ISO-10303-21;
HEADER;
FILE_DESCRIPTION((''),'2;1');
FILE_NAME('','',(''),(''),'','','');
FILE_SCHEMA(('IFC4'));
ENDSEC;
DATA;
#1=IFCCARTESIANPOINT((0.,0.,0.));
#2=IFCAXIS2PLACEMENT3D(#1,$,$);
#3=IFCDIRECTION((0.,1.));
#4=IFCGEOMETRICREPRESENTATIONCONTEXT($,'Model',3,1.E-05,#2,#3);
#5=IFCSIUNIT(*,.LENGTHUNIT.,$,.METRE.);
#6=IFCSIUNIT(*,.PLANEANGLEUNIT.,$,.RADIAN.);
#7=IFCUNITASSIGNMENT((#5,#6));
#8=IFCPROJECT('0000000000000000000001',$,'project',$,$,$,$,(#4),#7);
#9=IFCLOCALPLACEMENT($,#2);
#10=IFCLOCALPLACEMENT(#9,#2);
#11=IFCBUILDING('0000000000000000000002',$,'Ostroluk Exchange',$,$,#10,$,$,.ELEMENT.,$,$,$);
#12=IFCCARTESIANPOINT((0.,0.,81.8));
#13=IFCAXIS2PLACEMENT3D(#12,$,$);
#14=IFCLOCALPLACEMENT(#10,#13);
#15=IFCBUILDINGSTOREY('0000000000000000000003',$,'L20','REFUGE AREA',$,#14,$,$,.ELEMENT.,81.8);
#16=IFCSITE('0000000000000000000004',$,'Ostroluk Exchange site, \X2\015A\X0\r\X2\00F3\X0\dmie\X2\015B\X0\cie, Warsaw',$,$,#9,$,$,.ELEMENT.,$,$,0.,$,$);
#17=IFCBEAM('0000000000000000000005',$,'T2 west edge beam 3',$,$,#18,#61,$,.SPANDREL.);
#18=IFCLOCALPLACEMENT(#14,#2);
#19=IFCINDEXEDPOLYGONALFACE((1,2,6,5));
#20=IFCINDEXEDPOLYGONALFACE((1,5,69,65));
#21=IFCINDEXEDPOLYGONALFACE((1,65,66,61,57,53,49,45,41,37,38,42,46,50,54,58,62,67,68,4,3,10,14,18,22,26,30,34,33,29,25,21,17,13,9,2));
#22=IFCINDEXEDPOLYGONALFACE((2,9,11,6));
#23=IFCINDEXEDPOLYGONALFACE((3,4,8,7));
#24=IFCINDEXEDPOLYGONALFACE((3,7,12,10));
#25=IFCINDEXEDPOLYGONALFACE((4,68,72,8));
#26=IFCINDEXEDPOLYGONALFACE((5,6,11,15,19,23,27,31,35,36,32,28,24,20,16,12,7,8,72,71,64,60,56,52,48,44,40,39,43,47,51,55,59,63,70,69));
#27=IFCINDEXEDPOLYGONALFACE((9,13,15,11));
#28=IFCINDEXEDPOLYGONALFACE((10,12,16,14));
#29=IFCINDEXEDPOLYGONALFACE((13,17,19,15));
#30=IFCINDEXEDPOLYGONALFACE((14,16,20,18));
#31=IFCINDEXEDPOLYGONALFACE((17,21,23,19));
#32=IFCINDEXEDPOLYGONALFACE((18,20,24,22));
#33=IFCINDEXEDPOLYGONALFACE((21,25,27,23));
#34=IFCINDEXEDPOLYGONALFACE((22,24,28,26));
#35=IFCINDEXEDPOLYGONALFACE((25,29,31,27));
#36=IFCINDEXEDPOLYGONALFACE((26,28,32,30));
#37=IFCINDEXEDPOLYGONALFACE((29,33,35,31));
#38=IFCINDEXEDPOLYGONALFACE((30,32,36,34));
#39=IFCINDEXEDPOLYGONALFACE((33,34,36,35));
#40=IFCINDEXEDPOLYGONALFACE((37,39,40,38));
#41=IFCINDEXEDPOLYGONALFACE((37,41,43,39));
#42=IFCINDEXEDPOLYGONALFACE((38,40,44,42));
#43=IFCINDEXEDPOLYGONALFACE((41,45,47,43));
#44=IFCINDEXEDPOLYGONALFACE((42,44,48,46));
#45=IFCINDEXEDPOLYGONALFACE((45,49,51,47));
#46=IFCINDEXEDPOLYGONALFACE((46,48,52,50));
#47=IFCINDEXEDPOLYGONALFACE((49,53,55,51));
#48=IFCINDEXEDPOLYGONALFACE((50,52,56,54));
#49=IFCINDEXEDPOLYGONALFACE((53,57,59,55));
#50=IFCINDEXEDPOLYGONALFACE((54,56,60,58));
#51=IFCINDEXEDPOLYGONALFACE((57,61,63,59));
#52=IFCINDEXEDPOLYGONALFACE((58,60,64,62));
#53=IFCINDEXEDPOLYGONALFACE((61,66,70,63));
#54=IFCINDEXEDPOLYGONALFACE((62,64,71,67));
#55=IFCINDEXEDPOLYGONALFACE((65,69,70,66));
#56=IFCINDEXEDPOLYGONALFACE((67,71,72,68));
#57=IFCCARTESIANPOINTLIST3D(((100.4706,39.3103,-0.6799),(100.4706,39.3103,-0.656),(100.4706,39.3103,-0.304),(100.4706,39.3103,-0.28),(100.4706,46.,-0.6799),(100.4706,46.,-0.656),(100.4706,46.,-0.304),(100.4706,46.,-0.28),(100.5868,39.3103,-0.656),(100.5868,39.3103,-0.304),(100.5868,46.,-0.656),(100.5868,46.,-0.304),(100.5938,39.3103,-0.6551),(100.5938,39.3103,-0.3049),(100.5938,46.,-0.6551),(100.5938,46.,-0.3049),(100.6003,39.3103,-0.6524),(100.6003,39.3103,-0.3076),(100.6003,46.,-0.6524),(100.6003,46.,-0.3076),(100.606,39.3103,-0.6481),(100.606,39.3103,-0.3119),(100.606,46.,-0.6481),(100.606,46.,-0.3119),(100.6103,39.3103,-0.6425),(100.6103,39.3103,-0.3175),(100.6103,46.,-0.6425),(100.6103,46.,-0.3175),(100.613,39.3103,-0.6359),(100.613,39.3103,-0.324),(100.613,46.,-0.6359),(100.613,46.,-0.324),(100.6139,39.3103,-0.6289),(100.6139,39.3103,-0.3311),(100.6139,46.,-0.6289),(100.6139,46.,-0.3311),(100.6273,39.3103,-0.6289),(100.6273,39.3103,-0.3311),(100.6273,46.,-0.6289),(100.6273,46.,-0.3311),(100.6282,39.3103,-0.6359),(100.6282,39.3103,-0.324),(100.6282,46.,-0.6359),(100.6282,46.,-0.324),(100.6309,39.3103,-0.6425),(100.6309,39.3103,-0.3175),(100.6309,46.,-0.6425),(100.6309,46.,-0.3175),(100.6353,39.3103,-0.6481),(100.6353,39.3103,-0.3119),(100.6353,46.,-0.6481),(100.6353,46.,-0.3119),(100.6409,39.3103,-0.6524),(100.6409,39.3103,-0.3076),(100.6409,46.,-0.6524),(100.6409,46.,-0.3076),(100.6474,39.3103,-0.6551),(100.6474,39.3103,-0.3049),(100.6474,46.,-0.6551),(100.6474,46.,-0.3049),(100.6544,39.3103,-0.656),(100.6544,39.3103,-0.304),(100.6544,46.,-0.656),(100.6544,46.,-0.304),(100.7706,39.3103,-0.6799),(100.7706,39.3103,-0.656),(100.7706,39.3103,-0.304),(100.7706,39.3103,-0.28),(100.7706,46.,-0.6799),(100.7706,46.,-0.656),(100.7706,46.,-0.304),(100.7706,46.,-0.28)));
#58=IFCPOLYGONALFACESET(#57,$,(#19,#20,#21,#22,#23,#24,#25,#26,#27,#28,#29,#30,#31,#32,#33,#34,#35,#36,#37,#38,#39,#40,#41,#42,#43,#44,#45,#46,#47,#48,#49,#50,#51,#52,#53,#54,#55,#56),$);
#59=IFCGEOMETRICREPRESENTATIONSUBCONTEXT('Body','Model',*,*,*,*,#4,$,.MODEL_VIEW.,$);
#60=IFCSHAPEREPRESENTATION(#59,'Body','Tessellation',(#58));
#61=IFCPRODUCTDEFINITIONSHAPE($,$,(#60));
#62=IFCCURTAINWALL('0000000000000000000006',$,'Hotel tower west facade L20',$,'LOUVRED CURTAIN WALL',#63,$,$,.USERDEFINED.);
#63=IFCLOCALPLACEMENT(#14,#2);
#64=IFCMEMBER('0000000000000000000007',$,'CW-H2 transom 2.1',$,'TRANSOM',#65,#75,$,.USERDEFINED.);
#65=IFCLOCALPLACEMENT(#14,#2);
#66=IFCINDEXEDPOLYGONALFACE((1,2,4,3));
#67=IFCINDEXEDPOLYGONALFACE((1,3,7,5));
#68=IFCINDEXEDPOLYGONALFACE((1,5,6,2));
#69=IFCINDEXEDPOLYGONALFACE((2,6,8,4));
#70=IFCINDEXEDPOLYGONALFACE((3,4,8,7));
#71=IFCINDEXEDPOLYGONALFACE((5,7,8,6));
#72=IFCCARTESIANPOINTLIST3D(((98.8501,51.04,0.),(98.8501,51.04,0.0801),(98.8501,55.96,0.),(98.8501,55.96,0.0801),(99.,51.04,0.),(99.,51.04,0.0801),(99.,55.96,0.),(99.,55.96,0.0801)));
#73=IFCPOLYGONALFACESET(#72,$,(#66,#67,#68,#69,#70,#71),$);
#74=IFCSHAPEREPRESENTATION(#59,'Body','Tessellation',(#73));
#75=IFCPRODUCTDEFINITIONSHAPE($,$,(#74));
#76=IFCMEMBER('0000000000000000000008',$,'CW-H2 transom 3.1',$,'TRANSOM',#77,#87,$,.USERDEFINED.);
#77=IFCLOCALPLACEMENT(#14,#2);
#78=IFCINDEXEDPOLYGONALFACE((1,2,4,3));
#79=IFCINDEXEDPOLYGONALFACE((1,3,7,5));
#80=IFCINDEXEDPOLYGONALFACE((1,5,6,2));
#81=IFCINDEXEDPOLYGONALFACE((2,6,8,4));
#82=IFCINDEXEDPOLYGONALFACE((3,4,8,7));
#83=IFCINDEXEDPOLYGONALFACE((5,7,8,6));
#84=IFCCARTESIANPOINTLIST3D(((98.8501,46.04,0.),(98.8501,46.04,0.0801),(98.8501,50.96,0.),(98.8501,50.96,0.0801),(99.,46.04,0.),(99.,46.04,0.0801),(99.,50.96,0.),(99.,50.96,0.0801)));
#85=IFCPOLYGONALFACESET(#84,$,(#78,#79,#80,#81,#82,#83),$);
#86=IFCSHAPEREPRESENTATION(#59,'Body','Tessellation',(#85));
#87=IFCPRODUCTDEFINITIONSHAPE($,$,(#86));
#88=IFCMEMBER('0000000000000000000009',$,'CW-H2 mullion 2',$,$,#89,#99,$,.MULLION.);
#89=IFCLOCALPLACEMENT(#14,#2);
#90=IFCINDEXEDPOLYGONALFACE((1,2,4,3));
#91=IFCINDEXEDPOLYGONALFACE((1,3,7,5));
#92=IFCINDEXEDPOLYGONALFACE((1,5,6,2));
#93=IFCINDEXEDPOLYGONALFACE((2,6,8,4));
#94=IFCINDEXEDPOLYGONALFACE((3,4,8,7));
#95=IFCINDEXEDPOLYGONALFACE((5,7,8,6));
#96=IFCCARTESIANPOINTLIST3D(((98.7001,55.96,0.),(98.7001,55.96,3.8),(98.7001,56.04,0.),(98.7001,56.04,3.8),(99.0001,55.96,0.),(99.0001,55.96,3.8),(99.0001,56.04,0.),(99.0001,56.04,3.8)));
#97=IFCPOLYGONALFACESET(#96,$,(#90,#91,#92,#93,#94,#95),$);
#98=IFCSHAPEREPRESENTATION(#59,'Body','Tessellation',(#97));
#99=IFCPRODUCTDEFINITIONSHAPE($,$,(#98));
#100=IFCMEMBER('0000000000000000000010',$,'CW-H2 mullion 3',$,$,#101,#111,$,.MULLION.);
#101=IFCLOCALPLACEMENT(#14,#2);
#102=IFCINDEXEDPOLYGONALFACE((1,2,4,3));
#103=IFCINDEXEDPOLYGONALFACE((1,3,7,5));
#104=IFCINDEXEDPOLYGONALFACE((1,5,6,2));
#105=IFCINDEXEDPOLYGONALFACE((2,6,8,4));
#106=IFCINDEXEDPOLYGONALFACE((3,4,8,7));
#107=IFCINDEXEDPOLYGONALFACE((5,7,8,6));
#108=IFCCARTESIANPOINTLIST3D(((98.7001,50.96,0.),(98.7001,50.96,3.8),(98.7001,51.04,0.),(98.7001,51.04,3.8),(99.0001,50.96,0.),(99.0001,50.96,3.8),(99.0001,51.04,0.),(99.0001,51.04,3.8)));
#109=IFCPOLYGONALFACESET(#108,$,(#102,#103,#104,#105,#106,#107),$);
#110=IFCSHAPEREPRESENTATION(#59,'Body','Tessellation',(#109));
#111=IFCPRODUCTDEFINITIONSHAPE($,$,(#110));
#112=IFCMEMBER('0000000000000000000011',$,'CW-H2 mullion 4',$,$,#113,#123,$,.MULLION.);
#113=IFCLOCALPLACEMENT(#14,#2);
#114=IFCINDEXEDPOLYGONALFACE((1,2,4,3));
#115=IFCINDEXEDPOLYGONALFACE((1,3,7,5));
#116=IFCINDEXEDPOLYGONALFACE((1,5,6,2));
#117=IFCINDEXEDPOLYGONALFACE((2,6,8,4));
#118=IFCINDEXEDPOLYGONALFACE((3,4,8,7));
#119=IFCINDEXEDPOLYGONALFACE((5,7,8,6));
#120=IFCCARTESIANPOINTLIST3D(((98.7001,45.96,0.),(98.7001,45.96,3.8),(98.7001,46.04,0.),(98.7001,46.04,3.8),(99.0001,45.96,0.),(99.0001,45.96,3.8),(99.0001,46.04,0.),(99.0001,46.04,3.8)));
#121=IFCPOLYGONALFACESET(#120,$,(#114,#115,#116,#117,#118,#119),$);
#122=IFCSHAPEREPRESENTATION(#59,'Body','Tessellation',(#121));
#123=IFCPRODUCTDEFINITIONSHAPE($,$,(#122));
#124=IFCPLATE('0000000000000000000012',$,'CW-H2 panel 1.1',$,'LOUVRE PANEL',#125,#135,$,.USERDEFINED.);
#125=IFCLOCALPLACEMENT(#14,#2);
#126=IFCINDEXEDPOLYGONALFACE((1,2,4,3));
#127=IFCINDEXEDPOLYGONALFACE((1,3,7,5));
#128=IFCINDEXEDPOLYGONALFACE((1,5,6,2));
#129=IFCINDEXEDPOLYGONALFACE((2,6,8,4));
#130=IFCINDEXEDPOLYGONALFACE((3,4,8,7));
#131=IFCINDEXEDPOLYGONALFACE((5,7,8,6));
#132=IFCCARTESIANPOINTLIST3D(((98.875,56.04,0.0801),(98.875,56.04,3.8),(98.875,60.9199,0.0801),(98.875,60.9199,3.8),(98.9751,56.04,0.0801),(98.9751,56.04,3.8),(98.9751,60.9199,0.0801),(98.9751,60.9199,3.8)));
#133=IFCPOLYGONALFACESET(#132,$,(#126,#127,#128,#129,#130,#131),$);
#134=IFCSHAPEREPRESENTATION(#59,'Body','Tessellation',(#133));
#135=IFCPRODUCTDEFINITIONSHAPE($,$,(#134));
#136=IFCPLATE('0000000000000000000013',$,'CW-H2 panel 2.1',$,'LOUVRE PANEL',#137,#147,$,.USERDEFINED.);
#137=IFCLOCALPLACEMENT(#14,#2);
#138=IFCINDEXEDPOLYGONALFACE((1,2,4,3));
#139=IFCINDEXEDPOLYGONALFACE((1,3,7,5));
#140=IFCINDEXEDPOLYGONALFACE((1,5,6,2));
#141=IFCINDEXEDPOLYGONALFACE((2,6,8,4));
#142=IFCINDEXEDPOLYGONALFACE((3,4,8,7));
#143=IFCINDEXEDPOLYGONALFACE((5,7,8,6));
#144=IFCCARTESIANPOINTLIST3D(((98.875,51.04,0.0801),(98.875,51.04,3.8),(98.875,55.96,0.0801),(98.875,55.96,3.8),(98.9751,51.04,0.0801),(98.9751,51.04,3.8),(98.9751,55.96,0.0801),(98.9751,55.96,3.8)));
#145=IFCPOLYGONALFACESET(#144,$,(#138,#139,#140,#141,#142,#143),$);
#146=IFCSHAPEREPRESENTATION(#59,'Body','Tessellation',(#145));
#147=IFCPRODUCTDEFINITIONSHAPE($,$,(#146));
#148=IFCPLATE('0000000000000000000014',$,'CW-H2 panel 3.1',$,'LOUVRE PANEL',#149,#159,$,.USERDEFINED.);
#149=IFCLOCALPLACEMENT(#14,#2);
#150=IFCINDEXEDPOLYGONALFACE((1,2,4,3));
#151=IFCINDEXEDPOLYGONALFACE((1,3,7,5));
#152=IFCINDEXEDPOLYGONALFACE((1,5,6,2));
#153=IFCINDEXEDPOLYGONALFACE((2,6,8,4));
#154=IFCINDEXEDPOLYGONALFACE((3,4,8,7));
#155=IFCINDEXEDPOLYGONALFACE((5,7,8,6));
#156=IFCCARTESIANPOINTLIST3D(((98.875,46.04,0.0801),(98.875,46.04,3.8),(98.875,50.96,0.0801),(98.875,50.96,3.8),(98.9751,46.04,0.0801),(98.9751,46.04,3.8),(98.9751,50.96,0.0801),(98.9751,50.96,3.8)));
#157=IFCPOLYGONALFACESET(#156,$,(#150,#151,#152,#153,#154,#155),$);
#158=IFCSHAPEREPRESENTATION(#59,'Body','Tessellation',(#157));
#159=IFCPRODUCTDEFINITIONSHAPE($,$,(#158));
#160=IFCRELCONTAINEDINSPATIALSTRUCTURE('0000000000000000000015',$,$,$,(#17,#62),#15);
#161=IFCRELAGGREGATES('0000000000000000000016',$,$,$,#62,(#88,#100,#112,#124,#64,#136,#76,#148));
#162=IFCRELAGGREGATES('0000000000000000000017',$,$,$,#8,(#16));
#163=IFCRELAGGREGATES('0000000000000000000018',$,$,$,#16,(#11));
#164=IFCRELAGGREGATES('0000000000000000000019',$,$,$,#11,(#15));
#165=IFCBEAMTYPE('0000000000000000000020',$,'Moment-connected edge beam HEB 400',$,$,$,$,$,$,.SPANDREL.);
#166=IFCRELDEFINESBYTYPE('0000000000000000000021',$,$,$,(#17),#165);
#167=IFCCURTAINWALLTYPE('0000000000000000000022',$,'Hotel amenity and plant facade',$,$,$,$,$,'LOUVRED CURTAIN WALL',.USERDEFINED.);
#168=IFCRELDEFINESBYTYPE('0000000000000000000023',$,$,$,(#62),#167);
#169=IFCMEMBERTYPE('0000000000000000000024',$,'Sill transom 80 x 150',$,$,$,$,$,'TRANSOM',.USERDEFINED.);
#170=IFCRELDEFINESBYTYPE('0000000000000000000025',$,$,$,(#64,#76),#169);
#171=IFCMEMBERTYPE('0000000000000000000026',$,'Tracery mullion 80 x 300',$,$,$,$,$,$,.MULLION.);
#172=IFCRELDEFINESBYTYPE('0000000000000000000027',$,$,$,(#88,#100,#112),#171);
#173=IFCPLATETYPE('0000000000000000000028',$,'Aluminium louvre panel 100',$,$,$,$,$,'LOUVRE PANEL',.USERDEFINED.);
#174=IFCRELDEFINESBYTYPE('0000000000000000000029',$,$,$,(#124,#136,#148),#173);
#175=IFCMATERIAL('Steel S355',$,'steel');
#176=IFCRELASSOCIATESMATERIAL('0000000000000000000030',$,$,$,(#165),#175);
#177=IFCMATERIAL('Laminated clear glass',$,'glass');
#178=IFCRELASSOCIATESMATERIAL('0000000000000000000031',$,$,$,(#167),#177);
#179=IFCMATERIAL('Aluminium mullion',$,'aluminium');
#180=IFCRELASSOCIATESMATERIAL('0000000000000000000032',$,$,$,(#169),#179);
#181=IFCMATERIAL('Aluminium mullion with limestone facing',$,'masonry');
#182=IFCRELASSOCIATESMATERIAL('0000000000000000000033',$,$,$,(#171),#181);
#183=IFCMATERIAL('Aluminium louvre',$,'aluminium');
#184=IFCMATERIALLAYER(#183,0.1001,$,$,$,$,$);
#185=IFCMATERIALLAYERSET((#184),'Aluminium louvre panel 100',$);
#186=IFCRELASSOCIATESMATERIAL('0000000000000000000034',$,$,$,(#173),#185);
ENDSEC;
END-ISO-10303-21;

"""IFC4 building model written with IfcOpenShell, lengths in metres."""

from ifc_helpers import new_model, si_unit, direction, frame, origin, origin_2d, place, context, subcontext, project, spatial, rectangle, i_section, extrude, material, layer, layer_set, material_profile, profile_set, type_object, element, aggregate, save


model = new_model("IFC4")

# Units and contexts
model_context = context("Model", 3, precision=1e-05, world=origin(), true_north=direction((0.0, 1.0)))
body_context = subcontext(model_context, "Body", "Model", "MODEL_VIEW")
ifc_project = project(units=[si_unit("LENGTHUNIT", "METRE"), si_unit("PLANEANGLEUNIT", "RADIAN")], contexts=[model_context])

# Site, building, storey
site_placement = place(None, origin())
site = spatial("IfcSite", under=ifc_project, at=site_placement, Name="Ostroluk Exchange site, Śródmieście, Warsaw", CompositionType="ELEMENT", RefElevation=0.0)
building_placement = place(site_placement, origin())
building = spatial("IfcBuilding", under=site, at=building_placement, Name="Ostroluk Exchange", CompositionType="ELEMENT")
storey_placement = place(building_placement, frame((0.0, 0.0, 81.8)))
storey = spatial("IfcBuildingStorey", under=building, at=storey_placement, Name="L20", Description="REFUGE AREA", CompositionType="ELEMENT", Elevation=81.8)

# Beam
ifc_material_1 = material(Name="Steel S355", Category="steel")
ifc_material_profile_1 = material_profile(ifc_material_1, i_section(OverallWidth=0.3, OverallDepth=0.3999, WebThickness=0.0134, FlangeThickness=0.0239, FilletRadius=0.0271, at=origin_2d()), Name="HEB 400")
ifc_profile_set_1 = profile_set([ifc_material_profile_1], Name="Steel S355")
beam_type_1 = type_object("IfcBeamType", Name="Moment-connected edge beam HEB 400", PredefinedType="SPANDREL", material=ifc_profile_set_1)
for number, where, z_axis, x_axis, name in (
    (1, (100.6206, 46.0, -0.48), (0.0, -1.0, 0.0), (1.0, 0.0, 0.0), "T2 west edge beam 3"),
):
    element("IfcBeam", number, at=place(storey_placement, frame(where, z_axis=z_axis, x_axis=x_axis)), inside=storey, type_object=beam_type_1, Name=name, PredefinedType="SPANDREL", context=body_context, shape_type="SweptSolid", body=[
        extrude(i_section(OverallWidth=0.3, OverallDepth=0.3999, WebThickness=0.0134, FlangeThickness=0.0239, FilletRadius=0.0271, at=origin_2d()), origin(), (0.0, 0.0, 1.0), 6.6897),
    ])

# Curtain wall, members, plates
ifc_material_2 = material(Name="Laminated clear glass", Category="glass")
curtain_wall_type = type_object("IfcCurtainWallType", Name="Hotel amenity and plant facade", ElementType="LOUVRED CURTAIN WALL", PredefinedType="USERDEFINED", material=ifc_material_2)
curtain_wall_placement = place(storey_placement, origin())
curtain_wall = element("IfcCurtainWall", 2, at=curtain_wall_placement, inside=storey, type_object=curtain_wall_type, Name="Hotel tower west facade L20", ObjectType="LOUVRED CURTAIN WALL", PredefinedType="USERDEFINED")
ifc_material_3 = material(Name="Aluminium mullion", Category="aluminium")
ifc_material_profile_2 = material_profile(ifc_material_3, rectangle(XDim=0.1499, YDim=0.0801, at=origin_2d()), Name="Sill transom 80 x 150")
ifc_profile_set_2 = profile_set([ifc_material_profile_2], Name="Aluminium mullion")
member_type_1 = type_object("IfcMemberType", Name="Sill transom 80 x 150", ElementType="TRANSOM", PredefinedType="USERDEFINED", material=ifc_profile_set_2)
member_1_placement = place(storey_placement, frame((98.925, 55.96, 0.04), z_axis=(0.0, -1.0, 0.0), x_axis=(1.0, 0.0, 0.0)))
member_1 = element("IfcMember", 3, at=member_1_placement, type_object=member_type_1, Name="CW-H2 transom 2.1", ObjectType="TRANSOM", PredefinedType="USERDEFINED", context=body_context, shape_type="SweptSolid", body=[
    extrude(rectangle(XDim=0.1499, YDim=0.0801, at=origin_2d()), origin(), (0.0, 0.0, 1.0), 4.9199),
])
member_2_placement = place(storey_placement, frame((98.925, 50.96, 0.04), z_axis=(0.0, -1.0, 0.0), x_axis=(1.0, 0.0, 0.0)))
member_2 = element("IfcMember", 4, at=member_2_placement, type_object=member_type_1, Name="CW-H2 transom 3.1", ObjectType="TRANSOM", PredefinedType="USERDEFINED", context=body_context, shape_type="SweptSolid", body=[
    extrude(rectangle(XDim=0.1499, YDim=0.0801, at=origin_2d()), origin(), (0.0, 0.0, 1.0), 4.9199),
])
ifc_material_4 = material(Name="Aluminium mullion with limestone facing", Category="masonry")
ifc_material_profile_3 = material_profile(ifc_material_4, rectangle(XDim=0.3, YDim=0.0801, at=origin_2d()), Name="Tracery mullion 80 x 300")
ifc_profile_set_3 = profile_set([ifc_material_profile_3], Name="Aluminium mullion with limestone facing")
member_type_2 = type_object("IfcMemberType", Name="Tracery mullion 80 x 300", PredefinedType="MULLION", material=ifc_profile_set_3)
member_3_placement = place(storey_placement, frame((98.8501, 56.0, 0.0), z_axis=(0.0, 0.0, 1.0), x_axis=(1.0, 0.0, 0.0)))
member_3 = element("IfcMember", 5, at=member_3_placement, type_object=member_type_2, Name="CW-H2 mullion 2", PredefinedType="MULLION", context=body_context, shape_type="SweptSolid", body=[
    extrude(rectangle(XDim=0.3, YDim=0.0801, at=origin_2d()), origin(), (0.0, 0.0, 1.0), 3.8),
])
member_4_placement = place(storey_placement, frame((98.8501, 51.0, 0.0), z_axis=(0.0, 0.0, 1.0), x_axis=(1.0, 0.0, 0.0)))
member_4 = element("IfcMember", 6, at=member_4_placement, type_object=member_type_2, Name="CW-H2 mullion 3", PredefinedType="MULLION", context=body_context, shape_type="SweptSolid", body=[
    extrude(rectangle(XDim=0.3, YDim=0.0801, at=origin_2d()), origin(), (0.0, 0.0, 1.0), 3.8),
])
member_5_placement = place(storey_placement, frame((98.8501, 46.0, 0.0), z_axis=(0.0, 0.0, 1.0), x_axis=(1.0, 0.0, 0.0)))
member_5 = element("IfcMember", 7, at=member_5_placement, type_object=member_type_2, Name="CW-H2 mullion 4", PredefinedType="MULLION", context=body_context, shape_type="SweptSolid", body=[
    extrude(rectangle(XDim=0.3, YDim=0.0801, at=origin_2d()), origin(), (0.0, 0.0, 1.0), 3.8),
])
ifc_material_5 = material(Name="Aluminium louvre", Category="aluminium")
ifc_layer_1 = layer(ifc_material_5, 0.1001)
ifc_layer_set_1 = layer_set([ifc_layer_1], Name="Aluminium louvre panel 100")
plate_type = type_object("IfcPlateType", Name="Aluminium louvre panel 100", ElementType="LOUVRE PANEL", PredefinedType="USERDEFINED", material=ifc_layer_set_1)
plate_1_placement = place(storey_placement, frame((98.925, 58.48, 0.0801), z_axis=(0.0, 0.0, 1.0), x_axis=(0.0, -1.0, 0.0)))
plate_1 = element("IfcPlate", 8, at=plate_1_placement, type_object=plate_type, Name="CW-H2 panel 1.1", ObjectType="LOUVRE PANEL", PredefinedType="USERDEFINED", context=body_context, shape_type="SweptSolid", body=[
    extrude(rectangle(XDim=4.8799, YDim=0.1001, at=origin_2d()), origin(), (0.0, 0.0, 1.0), 3.72),
])
plate_2_placement = place(storey_placement, frame((98.925, 53.5, 0.0801), z_axis=(0.0, 0.0, 1.0), x_axis=(0.0, -1.0, 0.0)))
plate_2 = element("IfcPlate", 9, at=plate_2_placement, type_object=plate_type, Name="CW-H2 panel 2.1", ObjectType="LOUVRE PANEL", PredefinedType="USERDEFINED", context=body_context, shape_type="SweptSolid", body=[
    extrude(rectangle(XDim=4.9199, YDim=0.1001, at=origin_2d()), origin(), (0.0, 0.0, 1.0), 3.72),
])
plate_3_placement = place(storey_placement, frame((98.925, 48.5, 0.0801), z_axis=(0.0, 0.0, 1.0), x_axis=(0.0, -1.0, 0.0)))
plate_3 = element("IfcPlate", 10, at=plate_3_placement, type_object=plate_type, Name="CW-H2 panel 3.1", ObjectType="LOUVRE PANEL", PredefinedType="USERDEFINED", context=body_context, shape_type="SweptSolid", body=[
    extrude(rectangle(XDim=4.9199, YDim=0.1001, at=origin_2d()), origin(), (0.0, 0.0, 1.0), 3.72),
])
aggregate(curtain_wall, [member_3, member_4, member_5, plate_1, member_1, plate_2, member_2, plate_3])

save(model, "model.ifc")
